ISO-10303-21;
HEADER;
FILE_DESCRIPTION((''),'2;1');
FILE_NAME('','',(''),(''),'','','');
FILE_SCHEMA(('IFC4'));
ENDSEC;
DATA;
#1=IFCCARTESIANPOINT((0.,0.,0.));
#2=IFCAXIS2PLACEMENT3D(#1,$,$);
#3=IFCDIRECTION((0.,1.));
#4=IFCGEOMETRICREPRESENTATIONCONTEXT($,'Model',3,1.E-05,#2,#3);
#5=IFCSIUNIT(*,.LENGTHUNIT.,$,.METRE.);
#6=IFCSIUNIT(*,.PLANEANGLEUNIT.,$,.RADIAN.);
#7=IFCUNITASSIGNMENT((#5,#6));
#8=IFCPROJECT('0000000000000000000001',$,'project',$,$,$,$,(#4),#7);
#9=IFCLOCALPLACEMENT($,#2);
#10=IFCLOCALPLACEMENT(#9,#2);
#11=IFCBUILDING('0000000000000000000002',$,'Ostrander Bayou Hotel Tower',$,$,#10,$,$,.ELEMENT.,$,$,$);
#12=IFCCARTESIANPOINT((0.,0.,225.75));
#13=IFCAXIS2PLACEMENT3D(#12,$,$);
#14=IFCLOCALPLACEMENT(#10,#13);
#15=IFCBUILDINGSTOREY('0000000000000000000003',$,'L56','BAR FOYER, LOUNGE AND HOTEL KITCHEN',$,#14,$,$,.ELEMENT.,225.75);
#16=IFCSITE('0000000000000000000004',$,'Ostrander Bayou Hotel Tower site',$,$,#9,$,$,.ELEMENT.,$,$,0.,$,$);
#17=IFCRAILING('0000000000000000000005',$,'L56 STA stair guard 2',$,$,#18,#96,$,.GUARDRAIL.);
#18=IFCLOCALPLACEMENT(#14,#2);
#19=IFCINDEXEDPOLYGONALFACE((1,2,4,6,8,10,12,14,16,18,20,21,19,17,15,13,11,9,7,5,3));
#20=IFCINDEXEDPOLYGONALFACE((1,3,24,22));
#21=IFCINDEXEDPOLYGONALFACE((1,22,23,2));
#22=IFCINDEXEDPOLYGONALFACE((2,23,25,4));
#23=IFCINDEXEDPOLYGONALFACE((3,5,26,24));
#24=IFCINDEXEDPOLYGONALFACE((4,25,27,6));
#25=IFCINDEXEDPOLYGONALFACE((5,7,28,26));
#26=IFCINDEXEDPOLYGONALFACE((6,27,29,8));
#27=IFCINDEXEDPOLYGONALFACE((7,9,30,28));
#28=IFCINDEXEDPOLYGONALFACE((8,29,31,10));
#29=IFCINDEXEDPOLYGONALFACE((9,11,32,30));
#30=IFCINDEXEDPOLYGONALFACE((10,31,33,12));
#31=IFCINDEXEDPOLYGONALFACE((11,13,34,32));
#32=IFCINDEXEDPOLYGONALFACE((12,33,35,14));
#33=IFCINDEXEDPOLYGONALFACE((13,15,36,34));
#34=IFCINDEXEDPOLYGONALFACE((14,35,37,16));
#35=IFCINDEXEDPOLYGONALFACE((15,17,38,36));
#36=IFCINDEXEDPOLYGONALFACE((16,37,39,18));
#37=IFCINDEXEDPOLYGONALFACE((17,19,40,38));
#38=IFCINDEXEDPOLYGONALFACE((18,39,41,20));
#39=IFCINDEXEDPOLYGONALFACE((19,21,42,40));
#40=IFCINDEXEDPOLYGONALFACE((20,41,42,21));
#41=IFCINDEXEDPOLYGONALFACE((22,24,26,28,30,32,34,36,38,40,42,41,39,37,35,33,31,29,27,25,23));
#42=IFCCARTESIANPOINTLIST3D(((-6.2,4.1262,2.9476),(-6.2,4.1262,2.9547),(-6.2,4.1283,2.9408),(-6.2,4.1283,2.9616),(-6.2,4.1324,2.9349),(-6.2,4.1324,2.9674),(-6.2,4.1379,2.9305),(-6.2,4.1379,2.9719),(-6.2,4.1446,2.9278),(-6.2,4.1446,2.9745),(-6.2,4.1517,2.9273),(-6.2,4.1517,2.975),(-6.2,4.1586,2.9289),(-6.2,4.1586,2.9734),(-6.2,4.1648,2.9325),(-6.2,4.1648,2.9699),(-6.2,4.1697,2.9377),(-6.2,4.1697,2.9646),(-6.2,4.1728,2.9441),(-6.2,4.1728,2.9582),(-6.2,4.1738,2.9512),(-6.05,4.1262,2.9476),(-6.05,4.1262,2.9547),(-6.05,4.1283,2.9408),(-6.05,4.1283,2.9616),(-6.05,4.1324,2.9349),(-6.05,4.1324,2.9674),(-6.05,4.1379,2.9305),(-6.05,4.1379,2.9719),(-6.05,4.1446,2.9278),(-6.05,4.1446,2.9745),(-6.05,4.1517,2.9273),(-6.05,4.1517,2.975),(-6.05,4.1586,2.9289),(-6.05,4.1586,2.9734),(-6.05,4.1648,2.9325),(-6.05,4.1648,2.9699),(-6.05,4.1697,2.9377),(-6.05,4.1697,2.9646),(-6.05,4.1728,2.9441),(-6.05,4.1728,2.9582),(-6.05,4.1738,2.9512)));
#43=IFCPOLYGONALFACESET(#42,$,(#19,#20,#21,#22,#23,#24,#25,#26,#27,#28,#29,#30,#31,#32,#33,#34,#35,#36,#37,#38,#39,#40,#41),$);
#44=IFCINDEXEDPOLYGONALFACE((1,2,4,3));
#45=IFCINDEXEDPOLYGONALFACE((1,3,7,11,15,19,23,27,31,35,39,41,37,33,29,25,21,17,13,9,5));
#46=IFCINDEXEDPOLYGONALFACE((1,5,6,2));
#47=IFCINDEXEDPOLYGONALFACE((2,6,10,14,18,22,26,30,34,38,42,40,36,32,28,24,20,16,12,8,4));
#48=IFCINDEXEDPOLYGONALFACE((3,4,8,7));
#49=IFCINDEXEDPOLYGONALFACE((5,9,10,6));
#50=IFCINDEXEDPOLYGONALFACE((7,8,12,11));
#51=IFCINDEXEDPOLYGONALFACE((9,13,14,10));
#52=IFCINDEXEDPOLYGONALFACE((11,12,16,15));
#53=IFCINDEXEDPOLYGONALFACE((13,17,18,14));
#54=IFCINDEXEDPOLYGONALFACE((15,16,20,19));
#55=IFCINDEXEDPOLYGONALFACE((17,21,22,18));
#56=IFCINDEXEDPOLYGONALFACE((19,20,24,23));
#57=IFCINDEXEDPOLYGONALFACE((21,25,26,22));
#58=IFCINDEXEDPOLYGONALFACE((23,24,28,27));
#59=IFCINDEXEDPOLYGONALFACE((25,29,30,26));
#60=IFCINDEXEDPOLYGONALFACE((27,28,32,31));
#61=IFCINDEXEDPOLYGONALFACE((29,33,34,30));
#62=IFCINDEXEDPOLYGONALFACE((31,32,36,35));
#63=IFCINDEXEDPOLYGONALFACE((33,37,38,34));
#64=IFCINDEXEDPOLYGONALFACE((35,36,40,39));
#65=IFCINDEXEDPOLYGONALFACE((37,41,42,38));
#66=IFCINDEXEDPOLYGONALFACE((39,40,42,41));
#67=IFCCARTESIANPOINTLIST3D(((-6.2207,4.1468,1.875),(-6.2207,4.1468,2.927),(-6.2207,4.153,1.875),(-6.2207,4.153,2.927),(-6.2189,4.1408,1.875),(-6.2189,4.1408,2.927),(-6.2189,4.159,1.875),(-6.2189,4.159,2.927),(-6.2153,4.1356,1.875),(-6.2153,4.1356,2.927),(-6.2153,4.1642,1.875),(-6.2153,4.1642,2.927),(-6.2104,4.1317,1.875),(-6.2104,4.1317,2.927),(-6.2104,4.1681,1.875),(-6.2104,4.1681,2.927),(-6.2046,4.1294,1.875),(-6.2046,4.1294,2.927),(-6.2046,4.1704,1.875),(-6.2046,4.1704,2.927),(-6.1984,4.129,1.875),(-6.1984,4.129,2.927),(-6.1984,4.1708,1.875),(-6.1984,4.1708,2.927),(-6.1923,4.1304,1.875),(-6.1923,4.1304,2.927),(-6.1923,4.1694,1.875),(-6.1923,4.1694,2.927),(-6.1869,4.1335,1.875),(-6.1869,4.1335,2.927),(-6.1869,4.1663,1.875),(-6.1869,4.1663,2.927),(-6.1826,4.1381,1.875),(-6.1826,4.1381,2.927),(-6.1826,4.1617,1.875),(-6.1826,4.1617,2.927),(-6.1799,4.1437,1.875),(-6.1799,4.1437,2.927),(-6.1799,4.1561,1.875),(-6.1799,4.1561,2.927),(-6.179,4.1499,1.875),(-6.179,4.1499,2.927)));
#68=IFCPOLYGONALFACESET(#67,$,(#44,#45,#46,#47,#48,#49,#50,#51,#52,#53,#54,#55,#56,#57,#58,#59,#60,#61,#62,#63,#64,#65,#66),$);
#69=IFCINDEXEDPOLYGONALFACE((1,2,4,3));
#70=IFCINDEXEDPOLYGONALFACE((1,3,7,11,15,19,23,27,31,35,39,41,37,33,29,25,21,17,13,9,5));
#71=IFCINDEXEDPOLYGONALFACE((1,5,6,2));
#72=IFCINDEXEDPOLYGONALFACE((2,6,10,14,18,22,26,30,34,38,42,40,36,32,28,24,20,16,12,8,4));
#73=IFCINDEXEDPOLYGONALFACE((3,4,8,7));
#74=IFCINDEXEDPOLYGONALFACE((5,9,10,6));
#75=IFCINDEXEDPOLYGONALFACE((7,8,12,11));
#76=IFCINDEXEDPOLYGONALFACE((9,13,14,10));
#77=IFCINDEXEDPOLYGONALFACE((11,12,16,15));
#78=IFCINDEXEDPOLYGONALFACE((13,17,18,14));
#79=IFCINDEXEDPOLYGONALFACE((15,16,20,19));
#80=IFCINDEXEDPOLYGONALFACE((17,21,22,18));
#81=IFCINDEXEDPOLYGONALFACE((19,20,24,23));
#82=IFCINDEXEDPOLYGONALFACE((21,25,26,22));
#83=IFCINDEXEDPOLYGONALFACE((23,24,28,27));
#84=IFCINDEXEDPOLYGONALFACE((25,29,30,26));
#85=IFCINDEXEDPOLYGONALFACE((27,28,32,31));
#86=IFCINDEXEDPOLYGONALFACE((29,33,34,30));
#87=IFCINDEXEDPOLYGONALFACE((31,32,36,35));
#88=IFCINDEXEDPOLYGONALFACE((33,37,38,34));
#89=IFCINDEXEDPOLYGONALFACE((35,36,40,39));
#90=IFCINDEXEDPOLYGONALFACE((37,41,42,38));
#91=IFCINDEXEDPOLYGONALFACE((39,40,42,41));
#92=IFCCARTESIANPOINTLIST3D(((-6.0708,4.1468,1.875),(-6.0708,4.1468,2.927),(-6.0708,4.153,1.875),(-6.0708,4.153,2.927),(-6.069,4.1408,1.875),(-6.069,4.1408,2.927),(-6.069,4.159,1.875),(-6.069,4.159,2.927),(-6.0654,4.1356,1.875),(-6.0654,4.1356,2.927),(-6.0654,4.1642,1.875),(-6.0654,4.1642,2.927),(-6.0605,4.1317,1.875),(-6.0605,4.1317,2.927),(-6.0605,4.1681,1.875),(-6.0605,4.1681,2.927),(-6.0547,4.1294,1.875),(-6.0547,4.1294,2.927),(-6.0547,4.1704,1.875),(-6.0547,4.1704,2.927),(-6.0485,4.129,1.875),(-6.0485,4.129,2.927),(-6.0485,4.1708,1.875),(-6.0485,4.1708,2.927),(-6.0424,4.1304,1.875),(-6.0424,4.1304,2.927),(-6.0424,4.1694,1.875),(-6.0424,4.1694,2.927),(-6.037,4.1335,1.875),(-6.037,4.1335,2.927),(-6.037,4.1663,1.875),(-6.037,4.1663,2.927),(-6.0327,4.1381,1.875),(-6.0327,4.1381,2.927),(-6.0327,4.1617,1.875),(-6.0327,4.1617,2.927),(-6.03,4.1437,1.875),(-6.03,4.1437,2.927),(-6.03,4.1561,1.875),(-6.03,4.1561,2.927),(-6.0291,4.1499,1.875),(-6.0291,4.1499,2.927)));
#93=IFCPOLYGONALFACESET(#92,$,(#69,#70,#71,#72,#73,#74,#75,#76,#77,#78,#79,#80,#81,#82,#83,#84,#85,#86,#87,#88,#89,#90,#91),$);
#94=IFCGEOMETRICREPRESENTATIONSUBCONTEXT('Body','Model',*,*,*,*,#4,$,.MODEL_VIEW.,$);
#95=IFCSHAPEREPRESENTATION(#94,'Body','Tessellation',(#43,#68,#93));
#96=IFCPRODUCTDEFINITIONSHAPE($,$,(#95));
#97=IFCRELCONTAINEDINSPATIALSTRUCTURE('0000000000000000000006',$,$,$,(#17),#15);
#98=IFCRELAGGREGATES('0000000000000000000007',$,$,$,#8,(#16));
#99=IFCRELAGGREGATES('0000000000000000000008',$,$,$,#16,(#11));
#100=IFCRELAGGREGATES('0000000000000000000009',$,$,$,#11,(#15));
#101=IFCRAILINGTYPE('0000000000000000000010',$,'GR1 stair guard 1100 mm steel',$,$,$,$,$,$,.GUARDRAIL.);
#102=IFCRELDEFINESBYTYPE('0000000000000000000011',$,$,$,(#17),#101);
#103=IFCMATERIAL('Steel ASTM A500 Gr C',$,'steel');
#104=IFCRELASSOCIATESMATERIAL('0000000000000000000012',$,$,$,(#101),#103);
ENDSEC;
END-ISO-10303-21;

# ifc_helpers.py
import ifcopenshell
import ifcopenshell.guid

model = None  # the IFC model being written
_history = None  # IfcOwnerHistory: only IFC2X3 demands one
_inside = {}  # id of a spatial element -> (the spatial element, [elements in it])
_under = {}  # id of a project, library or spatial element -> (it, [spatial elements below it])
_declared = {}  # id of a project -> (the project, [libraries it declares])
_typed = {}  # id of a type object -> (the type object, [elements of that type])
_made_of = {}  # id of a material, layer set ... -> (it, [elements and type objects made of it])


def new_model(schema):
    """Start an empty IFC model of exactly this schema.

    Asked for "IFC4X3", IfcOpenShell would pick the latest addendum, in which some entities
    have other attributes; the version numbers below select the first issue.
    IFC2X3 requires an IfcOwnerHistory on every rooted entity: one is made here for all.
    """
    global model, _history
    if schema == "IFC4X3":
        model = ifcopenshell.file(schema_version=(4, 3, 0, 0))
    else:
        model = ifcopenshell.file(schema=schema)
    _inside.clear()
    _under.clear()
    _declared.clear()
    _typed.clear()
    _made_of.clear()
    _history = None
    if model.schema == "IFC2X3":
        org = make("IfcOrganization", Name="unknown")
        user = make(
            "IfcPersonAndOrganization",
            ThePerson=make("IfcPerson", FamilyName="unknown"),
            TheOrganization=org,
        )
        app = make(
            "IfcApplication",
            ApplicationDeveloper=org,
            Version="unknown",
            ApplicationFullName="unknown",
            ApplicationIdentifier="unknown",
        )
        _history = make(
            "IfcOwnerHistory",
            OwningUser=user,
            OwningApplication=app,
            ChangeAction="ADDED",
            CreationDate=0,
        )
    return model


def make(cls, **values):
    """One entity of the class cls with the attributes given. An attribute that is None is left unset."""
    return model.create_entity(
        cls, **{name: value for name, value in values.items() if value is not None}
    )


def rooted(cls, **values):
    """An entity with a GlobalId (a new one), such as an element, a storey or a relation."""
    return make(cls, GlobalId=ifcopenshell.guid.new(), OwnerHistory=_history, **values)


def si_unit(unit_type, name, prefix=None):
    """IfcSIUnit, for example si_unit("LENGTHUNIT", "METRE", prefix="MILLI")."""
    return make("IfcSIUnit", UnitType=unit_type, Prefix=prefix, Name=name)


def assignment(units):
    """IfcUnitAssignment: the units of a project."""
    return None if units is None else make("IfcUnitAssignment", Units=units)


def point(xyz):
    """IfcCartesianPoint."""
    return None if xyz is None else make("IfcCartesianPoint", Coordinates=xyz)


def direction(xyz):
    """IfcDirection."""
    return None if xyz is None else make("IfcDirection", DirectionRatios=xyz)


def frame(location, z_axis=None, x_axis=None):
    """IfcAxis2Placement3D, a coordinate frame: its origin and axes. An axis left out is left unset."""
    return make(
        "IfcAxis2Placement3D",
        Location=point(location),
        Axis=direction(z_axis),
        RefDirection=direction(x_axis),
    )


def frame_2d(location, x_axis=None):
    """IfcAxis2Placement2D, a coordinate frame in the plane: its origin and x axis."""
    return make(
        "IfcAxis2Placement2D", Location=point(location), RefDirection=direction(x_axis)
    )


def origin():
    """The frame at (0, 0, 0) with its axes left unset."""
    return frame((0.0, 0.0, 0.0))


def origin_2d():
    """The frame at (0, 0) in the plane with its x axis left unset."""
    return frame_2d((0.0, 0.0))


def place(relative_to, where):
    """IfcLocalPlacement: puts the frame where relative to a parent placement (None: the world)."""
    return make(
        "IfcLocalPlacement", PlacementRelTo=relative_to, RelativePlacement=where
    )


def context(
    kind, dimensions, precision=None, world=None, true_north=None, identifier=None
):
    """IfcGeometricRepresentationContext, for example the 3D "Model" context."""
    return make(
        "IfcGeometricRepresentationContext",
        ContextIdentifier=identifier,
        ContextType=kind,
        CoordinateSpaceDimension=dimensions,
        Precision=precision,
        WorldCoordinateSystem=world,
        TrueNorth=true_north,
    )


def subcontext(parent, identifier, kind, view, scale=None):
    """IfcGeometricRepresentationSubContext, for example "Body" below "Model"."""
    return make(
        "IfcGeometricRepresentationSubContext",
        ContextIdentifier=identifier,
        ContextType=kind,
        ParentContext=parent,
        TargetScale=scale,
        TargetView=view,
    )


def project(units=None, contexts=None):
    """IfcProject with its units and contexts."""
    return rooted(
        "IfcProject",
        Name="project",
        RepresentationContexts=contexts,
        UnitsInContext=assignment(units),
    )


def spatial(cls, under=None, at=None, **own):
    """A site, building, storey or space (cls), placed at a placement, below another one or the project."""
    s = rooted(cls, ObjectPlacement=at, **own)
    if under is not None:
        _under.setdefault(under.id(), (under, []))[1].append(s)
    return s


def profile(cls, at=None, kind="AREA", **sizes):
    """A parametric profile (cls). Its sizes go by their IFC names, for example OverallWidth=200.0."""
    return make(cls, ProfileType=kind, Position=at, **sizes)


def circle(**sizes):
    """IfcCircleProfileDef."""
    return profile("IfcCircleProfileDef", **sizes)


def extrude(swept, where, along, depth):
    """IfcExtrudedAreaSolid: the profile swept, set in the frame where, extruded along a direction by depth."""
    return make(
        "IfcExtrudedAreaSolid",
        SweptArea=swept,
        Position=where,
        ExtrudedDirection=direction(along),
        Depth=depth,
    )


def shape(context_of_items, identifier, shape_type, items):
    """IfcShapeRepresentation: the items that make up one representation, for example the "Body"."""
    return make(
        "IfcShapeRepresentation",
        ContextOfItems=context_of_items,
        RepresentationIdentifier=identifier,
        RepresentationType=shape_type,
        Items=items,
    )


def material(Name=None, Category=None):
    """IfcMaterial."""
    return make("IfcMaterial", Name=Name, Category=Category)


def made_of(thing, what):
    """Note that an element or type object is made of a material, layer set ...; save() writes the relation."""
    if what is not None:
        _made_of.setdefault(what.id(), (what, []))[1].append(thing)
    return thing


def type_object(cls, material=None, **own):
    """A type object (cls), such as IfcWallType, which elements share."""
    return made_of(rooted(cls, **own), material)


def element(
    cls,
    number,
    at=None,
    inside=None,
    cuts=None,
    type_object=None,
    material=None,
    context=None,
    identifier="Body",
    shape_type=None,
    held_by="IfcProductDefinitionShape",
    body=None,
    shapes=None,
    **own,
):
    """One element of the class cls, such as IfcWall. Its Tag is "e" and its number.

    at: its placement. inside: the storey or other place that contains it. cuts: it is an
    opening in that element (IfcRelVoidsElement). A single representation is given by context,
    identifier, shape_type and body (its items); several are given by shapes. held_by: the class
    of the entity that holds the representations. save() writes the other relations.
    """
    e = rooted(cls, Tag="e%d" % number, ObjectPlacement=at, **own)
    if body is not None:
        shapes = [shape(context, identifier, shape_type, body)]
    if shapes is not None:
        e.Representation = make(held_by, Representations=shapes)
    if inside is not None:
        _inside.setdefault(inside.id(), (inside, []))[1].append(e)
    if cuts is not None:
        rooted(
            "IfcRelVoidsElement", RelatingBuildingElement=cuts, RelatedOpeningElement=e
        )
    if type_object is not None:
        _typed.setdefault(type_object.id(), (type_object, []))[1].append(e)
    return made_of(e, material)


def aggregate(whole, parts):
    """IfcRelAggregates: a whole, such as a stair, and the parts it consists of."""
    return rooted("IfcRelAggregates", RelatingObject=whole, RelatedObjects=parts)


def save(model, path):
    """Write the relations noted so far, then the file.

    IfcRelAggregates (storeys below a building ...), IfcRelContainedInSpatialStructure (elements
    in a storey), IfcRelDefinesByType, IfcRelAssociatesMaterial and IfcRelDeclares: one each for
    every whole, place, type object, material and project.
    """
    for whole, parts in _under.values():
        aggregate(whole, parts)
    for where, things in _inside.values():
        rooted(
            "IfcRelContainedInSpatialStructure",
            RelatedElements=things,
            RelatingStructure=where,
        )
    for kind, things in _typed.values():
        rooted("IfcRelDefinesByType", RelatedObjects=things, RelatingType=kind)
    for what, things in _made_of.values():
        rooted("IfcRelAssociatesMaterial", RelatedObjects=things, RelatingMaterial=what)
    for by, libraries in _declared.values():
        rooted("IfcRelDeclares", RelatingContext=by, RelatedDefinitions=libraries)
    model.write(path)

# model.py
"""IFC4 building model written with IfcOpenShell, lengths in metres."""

from ifc_helpers import new_model, si_unit, direction, frame, origin, origin_2d, place, context, subcontext, project, spatial, circle, extrude, material, type_object, element, save


model = new_model("IFC4")

# Units and contexts
model_context = context("Model", 3, precision=1e-05, world=origin(), true_north=direction((0.0, 1.0)))
body_context = subcontext(model_context, "Body", "Model", "MODEL_VIEW")
ifc_project = project(units=[si_unit("LENGTHUNIT", "METRE"), si_unit("PLANEANGLEUNIT", "RADIAN")], contexts=[model_context])

# Site, building, storey
site_placement = place(None, origin())
site = spatial("IfcSite", under=ifc_project, at=site_placement, Name="Ostrander Bayou Hotel Tower site", CompositionType="ELEMENT", RefElevation=0.0)
building_placement = place(site_placement, origin())
building = spatial("IfcBuilding", under=site, at=building_placement, Name="Ostrander Bayou Hotel Tower", CompositionType="ELEMENT")
storey_placement = place(building_placement, frame((0.0, 0.0, 225.75)))
storey = spatial("IfcBuildingStorey", under=building, at=storey_placement, Name="L56", Description="BAR FOYER, LOUNGE AND HOTEL KITCHEN", CompositionType="ELEMENT", Elevation=225.75)

# Railing
ifc_material_1 = material(Name="Steel ASTM A500 Gr C", Category="steel")
railing_type_1 = type_object("IfcRailingType", Name="GR1 stair guard 1100 mm steel", PredefinedType="GUARDRAIL", material=ifc_material_1)
railing_1_placement = place(storey_placement, frame((-6.2, 4.1499, 1.875)))
element("IfcRailing", 1, at=railing_1_placement, inside=storey, type_object=railing_type_1, Name="L56 STA stair guard 2", PredefinedType="GUARDRAIL", context=body_context, shape_type="SweptSolid", body=[
    extrude(circle(Radius=0.0239, at=origin_2d()), frame((0.0, 0.0, 1.0762), z_axis=(1.0, 0.0, 0.0), x_axis=(0.0, 1.0, 0.0)), (0.0, 0.0, 1.0), 0.1499),
    extrude(circle(Radius=0.021, at=origin_2d()), origin(), (0.0, 0.0, 1.0), 1.052),
    extrude(circle(Radius=0.021, at=origin_2d()), frame((0.1499, 0.0, 0.0)), (0.0, 0.0, 1.0), 1.052),
])

save(model, "model.ifc")
